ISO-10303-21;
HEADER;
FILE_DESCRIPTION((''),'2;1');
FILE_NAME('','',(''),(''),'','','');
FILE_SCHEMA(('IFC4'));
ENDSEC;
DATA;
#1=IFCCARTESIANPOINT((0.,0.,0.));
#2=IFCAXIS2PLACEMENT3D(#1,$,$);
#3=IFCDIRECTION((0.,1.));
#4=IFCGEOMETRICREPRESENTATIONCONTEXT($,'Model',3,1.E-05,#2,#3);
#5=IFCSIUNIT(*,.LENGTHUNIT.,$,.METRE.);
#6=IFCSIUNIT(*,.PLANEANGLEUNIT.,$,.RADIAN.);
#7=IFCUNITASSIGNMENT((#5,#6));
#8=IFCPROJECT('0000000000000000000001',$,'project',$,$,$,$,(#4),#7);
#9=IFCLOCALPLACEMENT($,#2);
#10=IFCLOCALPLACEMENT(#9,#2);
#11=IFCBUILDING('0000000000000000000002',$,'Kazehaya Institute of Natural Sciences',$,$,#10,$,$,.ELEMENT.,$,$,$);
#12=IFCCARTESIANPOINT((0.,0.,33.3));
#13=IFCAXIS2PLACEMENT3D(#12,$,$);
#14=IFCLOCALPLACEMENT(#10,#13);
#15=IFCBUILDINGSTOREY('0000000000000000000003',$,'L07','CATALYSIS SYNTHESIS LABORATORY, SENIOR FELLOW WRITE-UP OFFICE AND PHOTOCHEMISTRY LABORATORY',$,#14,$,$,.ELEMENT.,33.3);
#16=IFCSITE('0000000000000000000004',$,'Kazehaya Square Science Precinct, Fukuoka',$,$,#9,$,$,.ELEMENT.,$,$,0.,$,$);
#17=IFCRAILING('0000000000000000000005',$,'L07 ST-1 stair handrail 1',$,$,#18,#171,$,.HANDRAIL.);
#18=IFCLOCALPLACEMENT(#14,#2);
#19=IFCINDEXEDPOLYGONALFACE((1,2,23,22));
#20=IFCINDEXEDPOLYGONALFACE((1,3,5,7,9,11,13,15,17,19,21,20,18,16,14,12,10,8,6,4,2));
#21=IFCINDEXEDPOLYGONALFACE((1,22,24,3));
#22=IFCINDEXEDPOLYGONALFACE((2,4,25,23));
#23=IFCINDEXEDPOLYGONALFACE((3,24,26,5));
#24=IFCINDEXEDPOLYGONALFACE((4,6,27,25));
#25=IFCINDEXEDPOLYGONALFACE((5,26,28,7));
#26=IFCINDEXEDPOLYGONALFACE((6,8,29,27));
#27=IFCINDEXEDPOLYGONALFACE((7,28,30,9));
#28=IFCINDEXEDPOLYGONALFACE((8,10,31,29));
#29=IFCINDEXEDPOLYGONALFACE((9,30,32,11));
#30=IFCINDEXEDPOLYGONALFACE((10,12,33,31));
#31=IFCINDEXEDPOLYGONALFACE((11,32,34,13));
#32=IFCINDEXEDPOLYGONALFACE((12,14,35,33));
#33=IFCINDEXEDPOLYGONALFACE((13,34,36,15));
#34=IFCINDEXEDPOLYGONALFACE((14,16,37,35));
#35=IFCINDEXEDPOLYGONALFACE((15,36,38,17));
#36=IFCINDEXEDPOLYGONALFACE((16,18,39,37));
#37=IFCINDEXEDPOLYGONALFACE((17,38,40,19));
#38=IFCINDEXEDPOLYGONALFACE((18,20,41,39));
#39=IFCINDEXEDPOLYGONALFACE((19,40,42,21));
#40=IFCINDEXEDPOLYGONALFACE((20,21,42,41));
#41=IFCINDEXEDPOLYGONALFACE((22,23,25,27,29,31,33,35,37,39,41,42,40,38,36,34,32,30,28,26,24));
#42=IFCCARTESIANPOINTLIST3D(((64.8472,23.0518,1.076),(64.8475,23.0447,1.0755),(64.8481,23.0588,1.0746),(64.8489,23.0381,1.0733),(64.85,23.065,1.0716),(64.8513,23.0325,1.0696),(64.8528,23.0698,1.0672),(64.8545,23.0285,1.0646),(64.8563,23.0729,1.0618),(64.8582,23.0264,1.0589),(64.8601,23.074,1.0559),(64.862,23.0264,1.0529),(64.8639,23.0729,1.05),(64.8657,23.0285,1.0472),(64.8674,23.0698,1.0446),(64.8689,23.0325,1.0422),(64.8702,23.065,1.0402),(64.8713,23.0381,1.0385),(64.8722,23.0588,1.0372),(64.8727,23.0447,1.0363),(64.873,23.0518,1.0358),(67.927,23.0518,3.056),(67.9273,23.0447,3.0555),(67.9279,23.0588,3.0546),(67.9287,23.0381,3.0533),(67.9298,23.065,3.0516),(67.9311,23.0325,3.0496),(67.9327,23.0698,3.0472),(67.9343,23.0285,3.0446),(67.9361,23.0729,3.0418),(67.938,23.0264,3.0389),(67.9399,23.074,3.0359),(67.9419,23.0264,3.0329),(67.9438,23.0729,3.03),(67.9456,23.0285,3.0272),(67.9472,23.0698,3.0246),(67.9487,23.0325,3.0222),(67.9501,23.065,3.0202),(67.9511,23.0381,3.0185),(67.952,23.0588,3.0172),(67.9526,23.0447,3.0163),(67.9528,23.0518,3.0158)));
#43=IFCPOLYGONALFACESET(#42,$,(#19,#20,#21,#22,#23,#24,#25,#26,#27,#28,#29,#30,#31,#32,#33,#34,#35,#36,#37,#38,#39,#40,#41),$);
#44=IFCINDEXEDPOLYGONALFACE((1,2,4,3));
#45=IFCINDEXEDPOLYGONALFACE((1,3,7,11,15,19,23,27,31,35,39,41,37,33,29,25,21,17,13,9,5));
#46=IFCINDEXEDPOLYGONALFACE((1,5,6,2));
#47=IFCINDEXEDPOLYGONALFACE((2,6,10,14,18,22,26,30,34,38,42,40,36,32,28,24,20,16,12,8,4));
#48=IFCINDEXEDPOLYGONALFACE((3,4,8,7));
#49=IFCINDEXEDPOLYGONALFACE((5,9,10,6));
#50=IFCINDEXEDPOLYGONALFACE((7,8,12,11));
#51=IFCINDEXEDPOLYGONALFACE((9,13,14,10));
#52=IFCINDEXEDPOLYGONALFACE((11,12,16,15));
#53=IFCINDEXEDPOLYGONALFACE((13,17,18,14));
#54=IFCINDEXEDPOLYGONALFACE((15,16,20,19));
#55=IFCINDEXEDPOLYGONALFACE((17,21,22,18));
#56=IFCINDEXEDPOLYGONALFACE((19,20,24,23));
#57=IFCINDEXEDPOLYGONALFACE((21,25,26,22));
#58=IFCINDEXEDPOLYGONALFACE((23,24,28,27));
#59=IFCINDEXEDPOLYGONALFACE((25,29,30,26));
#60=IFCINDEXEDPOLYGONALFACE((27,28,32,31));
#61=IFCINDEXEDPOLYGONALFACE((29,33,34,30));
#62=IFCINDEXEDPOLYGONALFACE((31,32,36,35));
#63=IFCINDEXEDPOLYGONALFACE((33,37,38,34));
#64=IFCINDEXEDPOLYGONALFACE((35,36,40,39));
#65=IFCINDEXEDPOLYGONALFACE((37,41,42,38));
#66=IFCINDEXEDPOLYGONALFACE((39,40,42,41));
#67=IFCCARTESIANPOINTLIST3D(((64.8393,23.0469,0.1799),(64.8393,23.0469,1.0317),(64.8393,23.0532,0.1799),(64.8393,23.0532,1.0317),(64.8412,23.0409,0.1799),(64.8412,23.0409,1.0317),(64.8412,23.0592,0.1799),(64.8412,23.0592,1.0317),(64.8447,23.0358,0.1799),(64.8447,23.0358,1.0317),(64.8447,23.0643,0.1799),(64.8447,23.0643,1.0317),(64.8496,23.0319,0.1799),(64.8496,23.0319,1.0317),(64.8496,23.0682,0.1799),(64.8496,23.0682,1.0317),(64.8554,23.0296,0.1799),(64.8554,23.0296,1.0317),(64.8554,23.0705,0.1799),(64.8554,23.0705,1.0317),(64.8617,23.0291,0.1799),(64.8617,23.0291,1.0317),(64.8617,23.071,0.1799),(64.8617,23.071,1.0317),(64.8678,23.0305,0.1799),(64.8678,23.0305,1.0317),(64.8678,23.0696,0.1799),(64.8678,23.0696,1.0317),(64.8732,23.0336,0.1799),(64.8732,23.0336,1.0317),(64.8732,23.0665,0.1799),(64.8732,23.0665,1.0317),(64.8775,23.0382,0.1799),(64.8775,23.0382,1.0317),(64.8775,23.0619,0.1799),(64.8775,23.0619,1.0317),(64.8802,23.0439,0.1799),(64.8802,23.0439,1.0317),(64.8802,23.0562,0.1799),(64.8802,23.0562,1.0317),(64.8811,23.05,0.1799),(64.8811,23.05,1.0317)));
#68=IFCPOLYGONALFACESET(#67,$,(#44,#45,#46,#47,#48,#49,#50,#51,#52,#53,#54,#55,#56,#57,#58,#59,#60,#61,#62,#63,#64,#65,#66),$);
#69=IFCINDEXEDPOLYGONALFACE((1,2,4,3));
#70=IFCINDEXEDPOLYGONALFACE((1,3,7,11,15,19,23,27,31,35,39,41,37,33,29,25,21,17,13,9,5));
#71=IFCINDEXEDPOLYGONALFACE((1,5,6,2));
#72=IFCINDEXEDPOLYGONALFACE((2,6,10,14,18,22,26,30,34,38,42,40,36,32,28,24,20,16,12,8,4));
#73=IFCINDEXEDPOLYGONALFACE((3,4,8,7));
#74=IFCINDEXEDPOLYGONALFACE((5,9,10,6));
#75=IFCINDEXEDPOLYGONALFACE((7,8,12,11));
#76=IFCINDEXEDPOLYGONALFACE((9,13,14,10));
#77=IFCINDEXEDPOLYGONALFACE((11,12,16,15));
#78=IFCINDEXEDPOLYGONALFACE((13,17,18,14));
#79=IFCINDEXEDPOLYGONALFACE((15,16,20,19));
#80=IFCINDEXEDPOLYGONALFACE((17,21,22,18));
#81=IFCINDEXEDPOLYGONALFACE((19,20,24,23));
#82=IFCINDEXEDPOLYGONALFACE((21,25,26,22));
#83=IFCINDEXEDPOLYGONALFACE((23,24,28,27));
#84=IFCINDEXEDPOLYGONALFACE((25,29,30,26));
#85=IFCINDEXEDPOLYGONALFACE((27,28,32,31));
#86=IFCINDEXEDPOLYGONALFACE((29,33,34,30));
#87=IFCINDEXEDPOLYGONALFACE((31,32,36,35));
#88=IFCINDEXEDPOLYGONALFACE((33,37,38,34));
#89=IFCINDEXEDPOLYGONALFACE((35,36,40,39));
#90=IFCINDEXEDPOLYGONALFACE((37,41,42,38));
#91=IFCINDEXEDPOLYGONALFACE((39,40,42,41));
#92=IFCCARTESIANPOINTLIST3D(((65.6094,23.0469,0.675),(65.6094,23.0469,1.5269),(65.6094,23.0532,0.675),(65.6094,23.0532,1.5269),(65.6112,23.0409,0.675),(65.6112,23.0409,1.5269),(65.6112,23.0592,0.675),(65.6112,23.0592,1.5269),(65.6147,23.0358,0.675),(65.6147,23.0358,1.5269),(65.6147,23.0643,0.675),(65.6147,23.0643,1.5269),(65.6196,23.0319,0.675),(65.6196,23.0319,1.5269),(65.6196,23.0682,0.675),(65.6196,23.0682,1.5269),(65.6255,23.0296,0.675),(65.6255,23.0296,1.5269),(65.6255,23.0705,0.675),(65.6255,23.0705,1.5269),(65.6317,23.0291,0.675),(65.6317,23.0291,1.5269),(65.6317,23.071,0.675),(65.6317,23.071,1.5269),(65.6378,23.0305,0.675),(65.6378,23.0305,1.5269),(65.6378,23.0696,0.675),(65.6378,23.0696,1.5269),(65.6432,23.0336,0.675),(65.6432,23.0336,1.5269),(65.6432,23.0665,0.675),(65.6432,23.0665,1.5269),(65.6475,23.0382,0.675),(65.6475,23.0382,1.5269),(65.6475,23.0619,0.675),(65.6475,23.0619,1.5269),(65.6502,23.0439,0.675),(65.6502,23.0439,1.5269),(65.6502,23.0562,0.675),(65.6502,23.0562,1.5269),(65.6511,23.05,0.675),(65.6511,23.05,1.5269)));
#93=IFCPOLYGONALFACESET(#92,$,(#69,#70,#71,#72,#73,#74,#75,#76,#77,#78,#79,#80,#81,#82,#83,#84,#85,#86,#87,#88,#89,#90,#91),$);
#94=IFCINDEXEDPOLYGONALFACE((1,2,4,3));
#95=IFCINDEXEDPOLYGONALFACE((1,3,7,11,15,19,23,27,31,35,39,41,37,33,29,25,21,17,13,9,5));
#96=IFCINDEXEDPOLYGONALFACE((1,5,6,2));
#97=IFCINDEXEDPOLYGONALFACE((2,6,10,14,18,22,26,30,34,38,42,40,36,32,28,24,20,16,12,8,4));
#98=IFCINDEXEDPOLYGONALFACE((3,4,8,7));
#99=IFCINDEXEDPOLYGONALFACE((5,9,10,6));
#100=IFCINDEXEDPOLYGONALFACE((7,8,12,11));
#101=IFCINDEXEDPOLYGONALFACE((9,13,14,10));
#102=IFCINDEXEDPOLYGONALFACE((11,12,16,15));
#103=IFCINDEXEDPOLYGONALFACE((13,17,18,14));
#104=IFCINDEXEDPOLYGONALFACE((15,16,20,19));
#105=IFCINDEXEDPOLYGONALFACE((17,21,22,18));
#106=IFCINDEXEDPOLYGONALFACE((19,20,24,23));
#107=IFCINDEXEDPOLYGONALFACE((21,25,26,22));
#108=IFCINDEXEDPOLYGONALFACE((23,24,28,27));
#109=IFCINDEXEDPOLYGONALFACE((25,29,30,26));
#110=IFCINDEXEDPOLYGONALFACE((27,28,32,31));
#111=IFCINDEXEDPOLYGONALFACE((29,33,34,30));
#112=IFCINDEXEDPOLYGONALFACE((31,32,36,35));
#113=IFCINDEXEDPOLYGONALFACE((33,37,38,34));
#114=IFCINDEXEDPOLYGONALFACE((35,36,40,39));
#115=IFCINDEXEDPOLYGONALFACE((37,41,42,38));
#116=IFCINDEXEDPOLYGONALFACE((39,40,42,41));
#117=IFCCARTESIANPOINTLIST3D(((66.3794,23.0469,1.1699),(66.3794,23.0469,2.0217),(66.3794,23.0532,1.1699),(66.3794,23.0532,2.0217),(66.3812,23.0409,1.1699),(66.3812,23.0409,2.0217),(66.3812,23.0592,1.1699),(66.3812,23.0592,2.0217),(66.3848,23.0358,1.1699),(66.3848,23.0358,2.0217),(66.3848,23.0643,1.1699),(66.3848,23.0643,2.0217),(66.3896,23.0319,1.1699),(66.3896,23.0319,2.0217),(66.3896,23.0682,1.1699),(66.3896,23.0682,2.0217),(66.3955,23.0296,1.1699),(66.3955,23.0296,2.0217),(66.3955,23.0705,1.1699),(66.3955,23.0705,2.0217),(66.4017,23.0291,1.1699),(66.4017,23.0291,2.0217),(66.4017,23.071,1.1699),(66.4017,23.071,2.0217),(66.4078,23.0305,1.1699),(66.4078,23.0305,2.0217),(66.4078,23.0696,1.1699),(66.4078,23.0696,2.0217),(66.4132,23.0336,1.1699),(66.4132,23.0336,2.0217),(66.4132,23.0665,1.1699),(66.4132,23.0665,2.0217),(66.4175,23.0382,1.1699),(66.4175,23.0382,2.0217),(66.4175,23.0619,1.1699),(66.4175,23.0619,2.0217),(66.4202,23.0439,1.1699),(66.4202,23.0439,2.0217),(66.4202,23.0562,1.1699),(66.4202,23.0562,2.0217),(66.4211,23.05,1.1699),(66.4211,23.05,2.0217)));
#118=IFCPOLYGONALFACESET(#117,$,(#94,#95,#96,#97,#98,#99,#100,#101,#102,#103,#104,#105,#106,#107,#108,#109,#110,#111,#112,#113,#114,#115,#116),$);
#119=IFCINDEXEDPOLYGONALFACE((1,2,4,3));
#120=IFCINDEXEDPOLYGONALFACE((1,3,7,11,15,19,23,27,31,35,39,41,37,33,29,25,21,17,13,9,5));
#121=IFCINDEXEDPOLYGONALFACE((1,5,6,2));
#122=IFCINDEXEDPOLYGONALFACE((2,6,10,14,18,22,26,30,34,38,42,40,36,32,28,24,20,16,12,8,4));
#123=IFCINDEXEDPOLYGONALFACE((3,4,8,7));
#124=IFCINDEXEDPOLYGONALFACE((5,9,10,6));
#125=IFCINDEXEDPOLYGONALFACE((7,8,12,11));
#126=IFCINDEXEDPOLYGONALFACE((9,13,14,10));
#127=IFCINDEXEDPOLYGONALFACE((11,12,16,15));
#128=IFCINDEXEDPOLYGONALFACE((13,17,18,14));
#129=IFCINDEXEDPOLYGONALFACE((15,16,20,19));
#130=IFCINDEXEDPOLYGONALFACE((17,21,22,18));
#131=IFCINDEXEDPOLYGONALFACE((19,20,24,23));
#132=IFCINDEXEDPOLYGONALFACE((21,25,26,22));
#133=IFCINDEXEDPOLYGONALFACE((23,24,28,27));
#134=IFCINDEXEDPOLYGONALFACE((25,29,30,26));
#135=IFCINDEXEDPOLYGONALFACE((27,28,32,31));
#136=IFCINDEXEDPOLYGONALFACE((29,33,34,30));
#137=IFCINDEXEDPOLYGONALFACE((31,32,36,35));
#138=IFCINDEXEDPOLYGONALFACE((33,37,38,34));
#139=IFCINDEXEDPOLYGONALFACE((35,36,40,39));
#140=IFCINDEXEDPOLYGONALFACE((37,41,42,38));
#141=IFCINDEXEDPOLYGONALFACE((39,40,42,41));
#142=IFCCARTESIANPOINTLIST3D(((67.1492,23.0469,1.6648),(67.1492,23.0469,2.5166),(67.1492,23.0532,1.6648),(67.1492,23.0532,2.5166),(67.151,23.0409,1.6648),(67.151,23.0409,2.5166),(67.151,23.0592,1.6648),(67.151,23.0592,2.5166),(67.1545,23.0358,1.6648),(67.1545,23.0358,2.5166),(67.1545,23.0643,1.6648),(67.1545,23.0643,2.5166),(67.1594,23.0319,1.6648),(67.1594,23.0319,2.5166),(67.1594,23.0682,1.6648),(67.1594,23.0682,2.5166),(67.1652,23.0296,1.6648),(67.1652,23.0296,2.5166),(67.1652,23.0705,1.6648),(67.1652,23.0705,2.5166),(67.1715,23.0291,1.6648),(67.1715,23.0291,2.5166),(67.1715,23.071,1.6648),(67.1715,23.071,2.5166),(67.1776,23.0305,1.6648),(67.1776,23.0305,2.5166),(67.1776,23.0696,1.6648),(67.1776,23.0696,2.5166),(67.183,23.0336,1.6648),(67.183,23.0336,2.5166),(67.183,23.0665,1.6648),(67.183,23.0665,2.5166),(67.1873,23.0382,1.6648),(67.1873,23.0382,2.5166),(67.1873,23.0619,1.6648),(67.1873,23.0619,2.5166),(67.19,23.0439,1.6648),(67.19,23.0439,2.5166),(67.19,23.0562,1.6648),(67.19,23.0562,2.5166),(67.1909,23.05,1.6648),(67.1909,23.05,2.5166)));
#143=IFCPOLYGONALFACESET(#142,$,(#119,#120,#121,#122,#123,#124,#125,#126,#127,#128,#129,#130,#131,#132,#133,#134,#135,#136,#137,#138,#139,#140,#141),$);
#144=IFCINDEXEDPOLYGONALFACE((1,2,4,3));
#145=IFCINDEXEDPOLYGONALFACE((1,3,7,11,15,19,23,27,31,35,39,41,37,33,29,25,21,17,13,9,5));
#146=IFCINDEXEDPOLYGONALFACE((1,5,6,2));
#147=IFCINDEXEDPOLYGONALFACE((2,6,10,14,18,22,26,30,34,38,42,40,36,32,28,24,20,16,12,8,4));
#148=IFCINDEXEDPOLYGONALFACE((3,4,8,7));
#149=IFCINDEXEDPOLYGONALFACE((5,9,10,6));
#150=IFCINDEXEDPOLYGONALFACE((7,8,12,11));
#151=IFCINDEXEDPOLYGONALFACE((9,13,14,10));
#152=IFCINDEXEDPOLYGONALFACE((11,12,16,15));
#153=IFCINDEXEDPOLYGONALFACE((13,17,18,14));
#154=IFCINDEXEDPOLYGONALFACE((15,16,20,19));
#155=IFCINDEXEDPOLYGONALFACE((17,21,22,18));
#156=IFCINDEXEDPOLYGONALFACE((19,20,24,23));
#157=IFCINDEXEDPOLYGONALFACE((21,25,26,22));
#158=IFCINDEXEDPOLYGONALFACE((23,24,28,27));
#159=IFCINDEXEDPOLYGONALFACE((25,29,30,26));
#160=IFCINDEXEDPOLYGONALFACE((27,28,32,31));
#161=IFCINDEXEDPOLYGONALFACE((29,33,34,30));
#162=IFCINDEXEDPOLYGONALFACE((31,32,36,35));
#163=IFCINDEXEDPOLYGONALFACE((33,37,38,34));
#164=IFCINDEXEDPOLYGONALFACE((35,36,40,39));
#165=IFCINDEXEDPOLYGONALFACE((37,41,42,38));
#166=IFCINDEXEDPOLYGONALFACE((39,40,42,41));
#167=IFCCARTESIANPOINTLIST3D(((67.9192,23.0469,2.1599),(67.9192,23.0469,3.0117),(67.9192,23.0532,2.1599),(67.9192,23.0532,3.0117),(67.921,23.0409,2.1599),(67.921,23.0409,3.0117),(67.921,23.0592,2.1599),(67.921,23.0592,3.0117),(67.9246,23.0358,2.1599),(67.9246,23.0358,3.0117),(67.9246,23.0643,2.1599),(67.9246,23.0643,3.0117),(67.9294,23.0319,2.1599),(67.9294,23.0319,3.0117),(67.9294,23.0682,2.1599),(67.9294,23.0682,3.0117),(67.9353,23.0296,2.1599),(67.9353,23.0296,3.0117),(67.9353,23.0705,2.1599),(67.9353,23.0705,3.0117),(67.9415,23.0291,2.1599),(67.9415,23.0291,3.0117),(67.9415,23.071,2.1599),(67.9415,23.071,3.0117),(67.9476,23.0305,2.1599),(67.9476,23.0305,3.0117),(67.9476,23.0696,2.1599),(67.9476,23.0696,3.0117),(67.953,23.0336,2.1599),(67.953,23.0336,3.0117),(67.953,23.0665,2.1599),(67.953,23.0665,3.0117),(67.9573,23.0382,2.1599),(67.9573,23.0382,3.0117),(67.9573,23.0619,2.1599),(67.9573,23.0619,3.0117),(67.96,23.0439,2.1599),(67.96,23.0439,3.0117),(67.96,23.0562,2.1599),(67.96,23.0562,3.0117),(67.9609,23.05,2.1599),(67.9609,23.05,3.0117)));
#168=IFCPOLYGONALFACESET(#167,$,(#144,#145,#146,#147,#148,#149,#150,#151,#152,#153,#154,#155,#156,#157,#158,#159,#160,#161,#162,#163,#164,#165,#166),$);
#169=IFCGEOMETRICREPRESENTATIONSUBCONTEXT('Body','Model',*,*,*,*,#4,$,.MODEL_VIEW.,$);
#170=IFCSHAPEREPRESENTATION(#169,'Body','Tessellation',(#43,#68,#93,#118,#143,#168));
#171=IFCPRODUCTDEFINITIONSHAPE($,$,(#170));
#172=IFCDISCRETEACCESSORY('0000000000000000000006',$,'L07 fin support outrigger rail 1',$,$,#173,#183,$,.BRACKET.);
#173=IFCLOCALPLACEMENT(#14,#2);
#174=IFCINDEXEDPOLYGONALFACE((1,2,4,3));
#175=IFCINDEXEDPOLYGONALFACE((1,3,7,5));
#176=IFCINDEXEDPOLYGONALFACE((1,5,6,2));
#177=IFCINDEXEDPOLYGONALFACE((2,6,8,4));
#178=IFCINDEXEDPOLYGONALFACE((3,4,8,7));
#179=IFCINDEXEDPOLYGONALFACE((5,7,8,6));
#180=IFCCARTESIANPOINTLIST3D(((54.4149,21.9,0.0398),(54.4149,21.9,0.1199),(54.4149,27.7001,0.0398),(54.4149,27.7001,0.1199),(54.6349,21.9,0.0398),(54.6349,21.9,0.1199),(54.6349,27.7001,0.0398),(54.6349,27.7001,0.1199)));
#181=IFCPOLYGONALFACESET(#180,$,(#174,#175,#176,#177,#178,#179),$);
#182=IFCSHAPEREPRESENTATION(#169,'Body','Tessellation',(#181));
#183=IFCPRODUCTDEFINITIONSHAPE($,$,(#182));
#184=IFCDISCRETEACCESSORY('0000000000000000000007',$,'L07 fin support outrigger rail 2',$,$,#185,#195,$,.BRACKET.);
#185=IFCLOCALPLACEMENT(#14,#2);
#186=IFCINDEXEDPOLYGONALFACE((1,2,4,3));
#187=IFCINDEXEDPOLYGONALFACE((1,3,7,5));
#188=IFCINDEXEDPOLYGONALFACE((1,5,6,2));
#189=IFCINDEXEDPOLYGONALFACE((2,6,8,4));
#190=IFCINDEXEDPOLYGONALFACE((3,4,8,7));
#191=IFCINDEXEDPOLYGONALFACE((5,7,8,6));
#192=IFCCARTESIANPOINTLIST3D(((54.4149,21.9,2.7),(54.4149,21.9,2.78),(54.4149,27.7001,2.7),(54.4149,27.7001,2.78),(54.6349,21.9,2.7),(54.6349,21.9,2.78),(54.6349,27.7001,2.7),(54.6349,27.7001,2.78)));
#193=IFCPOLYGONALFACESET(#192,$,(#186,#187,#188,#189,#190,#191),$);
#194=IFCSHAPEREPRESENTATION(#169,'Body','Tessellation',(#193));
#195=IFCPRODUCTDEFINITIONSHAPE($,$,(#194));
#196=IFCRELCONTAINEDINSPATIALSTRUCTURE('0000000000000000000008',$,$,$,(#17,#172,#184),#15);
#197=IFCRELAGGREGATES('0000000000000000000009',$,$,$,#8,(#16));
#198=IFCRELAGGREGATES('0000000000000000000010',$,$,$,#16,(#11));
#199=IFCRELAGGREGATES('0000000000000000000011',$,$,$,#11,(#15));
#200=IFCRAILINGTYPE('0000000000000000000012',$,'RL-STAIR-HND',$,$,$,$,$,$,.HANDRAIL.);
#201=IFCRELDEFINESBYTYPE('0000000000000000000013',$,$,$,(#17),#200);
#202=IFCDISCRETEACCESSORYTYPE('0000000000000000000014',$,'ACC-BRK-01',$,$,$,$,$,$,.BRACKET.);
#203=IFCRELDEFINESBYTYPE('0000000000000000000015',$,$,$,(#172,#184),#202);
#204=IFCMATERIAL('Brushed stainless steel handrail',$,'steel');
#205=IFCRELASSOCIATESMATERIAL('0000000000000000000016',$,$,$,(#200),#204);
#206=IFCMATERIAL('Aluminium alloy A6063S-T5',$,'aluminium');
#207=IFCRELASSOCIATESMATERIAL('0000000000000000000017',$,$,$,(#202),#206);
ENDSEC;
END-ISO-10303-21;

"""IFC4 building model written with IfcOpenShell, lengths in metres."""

from ifc_helpers import new_model, si_unit, direction, frame, origin, origin_2d, place, context, subcontext, project, spatial, rectangle, circle, extrude, material, type_object, element, save


model = new_model("IFC4")

# Units and contexts
model_context = context("Model", 3, precision=1e-05, world=origin(), true_north=direction((0.0, 1.0)))
body_context = subcontext(model_context, "Body", "Model", "MODEL_VIEW")
ifc_project = project(units=[si_unit("LENGTHUNIT", "METRE"), si_unit("PLANEANGLEUNIT", "RADIAN")], contexts=[model_context])

# Site, building, storey
site_placement = place(None, origin())
site = spatial("IfcSite", under=ifc_project, at=site_placement, Name="Kazehaya Square Science Precinct, Fukuoka", CompositionType="ELEMENT", RefElevation=0.0)
building_placement = place(site_placement, origin())
building = spatial("IfcBuilding", under=site, at=building_placement, Name="Kazehaya Institute of Natural Sciences", CompositionType="ELEMENT")
storey_placement = place(building_placement, frame((0.0, 0.0, 33.3)))
storey = spatial("IfcBuildingStorey", under=building, at=storey_placement, Name="L07", Description="CATALYSIS SYNTHESIS LABORATORY, SENIOR FELLOW WRITE-UP OFFICE AND PHOTOCHEMISTRY LABORATORY", CompositionType="ELEMENT", Elevation=33.3)

# Shared definitions
ifc_material_1 = material(Name="Aluminium alloy A6063S-T5", Category="aluminium")

# Railing
ifc_material_2 = material(Name="Brushed stainless steel handrail", Category="steel")
railing_type_1 = type_object("IfcRailingType", Name="RL-STAIR-HND", PredefinedType="HANDRAIL", material=ifc_material_2)
railing_1_placement = place(storey_placement, frame((64.8601, 23.05, 0.1799)))
element("IfcRailing", 1, at=railing_1_placement, inside=storey, type_object=railing_type_1, Name="L07 ST-1 stair handrail 1", PredefinedType="HANDRAIL", context=body_context, shape_type="SweptSolid", body=[
    extrude(circle(Radius=0.0239, at=origin_2d()), frame((0.0, 0.0, 0.876), z_axis=(0.841168, 0.0, 0.540774), x_axis=(0.0, 1.0, 0.0)), (0.0, 0.0, 1.0), 3.6614),
    extrude(circle(Radius=0.021, at=origin_2d()), origin(), (0.0, 0.0, 1.0), 0.8518),
    extrude(circle(Radius=0.021, at=origin_2d()), frame((0.77, 0.0, 0.4951)), (0.0, 0.0, 1.0), 0.8518),
    extrude(circle(Radius=0.021, at=origin_2d()), frame((1.54, 0.0, 0.99)), (0.0, 0.0, 1.0), 0.8518),
    extrude(circle(Radius=0.021, at=origin_2d()), frame((2.3098, 0.0, 1.4849)), (0.0, 0.0, 1.0), 0.8518),
    extrude(circle(Radius=0.021, at=origin_2d()), frame((3.0798, 0.0, 1.98)), (0.0, 0.0, 1.0), 0.8518),
])

# Discrete accessories
discrete_accessory_type = type_object("IfcDiscreteAccessoryType", Name="ACC-BRK-01", PredefinedType="BRACKET", material=ifc_material_1)
for number, where, z_axis, x_axis, name in (
    (2, (54.5249, 24.8, 0.0398), (0.0, 0.0, 1.0), (0.0, 1.0, 0.0), "L07 fin support outrigger rail 1"),
    (3, (54.5249, 24.8, 2.7), (0.0, 0.0, 1.0), (0.0, 1.0, 0.0), "L07 fin support outrigger rail 2"),
):
    element("IfcDiscreteAccessory", number, at=place(storey_placement, frame(where, z_axis=z_axis, x_axis=x_axis)), inside=storey, type_object=discrete_accessory_type, Name=name, PredefinedType="BRACKET", context=body_context, shape_type="SweptSolid", body=[
        extrude(rectangle(XDim=5.8, YDim=0.22, at=origin_2d()), origin(), (0.0, 0.0, 1.0), 0.0801),
    ])

save(model, "model.ifc")
